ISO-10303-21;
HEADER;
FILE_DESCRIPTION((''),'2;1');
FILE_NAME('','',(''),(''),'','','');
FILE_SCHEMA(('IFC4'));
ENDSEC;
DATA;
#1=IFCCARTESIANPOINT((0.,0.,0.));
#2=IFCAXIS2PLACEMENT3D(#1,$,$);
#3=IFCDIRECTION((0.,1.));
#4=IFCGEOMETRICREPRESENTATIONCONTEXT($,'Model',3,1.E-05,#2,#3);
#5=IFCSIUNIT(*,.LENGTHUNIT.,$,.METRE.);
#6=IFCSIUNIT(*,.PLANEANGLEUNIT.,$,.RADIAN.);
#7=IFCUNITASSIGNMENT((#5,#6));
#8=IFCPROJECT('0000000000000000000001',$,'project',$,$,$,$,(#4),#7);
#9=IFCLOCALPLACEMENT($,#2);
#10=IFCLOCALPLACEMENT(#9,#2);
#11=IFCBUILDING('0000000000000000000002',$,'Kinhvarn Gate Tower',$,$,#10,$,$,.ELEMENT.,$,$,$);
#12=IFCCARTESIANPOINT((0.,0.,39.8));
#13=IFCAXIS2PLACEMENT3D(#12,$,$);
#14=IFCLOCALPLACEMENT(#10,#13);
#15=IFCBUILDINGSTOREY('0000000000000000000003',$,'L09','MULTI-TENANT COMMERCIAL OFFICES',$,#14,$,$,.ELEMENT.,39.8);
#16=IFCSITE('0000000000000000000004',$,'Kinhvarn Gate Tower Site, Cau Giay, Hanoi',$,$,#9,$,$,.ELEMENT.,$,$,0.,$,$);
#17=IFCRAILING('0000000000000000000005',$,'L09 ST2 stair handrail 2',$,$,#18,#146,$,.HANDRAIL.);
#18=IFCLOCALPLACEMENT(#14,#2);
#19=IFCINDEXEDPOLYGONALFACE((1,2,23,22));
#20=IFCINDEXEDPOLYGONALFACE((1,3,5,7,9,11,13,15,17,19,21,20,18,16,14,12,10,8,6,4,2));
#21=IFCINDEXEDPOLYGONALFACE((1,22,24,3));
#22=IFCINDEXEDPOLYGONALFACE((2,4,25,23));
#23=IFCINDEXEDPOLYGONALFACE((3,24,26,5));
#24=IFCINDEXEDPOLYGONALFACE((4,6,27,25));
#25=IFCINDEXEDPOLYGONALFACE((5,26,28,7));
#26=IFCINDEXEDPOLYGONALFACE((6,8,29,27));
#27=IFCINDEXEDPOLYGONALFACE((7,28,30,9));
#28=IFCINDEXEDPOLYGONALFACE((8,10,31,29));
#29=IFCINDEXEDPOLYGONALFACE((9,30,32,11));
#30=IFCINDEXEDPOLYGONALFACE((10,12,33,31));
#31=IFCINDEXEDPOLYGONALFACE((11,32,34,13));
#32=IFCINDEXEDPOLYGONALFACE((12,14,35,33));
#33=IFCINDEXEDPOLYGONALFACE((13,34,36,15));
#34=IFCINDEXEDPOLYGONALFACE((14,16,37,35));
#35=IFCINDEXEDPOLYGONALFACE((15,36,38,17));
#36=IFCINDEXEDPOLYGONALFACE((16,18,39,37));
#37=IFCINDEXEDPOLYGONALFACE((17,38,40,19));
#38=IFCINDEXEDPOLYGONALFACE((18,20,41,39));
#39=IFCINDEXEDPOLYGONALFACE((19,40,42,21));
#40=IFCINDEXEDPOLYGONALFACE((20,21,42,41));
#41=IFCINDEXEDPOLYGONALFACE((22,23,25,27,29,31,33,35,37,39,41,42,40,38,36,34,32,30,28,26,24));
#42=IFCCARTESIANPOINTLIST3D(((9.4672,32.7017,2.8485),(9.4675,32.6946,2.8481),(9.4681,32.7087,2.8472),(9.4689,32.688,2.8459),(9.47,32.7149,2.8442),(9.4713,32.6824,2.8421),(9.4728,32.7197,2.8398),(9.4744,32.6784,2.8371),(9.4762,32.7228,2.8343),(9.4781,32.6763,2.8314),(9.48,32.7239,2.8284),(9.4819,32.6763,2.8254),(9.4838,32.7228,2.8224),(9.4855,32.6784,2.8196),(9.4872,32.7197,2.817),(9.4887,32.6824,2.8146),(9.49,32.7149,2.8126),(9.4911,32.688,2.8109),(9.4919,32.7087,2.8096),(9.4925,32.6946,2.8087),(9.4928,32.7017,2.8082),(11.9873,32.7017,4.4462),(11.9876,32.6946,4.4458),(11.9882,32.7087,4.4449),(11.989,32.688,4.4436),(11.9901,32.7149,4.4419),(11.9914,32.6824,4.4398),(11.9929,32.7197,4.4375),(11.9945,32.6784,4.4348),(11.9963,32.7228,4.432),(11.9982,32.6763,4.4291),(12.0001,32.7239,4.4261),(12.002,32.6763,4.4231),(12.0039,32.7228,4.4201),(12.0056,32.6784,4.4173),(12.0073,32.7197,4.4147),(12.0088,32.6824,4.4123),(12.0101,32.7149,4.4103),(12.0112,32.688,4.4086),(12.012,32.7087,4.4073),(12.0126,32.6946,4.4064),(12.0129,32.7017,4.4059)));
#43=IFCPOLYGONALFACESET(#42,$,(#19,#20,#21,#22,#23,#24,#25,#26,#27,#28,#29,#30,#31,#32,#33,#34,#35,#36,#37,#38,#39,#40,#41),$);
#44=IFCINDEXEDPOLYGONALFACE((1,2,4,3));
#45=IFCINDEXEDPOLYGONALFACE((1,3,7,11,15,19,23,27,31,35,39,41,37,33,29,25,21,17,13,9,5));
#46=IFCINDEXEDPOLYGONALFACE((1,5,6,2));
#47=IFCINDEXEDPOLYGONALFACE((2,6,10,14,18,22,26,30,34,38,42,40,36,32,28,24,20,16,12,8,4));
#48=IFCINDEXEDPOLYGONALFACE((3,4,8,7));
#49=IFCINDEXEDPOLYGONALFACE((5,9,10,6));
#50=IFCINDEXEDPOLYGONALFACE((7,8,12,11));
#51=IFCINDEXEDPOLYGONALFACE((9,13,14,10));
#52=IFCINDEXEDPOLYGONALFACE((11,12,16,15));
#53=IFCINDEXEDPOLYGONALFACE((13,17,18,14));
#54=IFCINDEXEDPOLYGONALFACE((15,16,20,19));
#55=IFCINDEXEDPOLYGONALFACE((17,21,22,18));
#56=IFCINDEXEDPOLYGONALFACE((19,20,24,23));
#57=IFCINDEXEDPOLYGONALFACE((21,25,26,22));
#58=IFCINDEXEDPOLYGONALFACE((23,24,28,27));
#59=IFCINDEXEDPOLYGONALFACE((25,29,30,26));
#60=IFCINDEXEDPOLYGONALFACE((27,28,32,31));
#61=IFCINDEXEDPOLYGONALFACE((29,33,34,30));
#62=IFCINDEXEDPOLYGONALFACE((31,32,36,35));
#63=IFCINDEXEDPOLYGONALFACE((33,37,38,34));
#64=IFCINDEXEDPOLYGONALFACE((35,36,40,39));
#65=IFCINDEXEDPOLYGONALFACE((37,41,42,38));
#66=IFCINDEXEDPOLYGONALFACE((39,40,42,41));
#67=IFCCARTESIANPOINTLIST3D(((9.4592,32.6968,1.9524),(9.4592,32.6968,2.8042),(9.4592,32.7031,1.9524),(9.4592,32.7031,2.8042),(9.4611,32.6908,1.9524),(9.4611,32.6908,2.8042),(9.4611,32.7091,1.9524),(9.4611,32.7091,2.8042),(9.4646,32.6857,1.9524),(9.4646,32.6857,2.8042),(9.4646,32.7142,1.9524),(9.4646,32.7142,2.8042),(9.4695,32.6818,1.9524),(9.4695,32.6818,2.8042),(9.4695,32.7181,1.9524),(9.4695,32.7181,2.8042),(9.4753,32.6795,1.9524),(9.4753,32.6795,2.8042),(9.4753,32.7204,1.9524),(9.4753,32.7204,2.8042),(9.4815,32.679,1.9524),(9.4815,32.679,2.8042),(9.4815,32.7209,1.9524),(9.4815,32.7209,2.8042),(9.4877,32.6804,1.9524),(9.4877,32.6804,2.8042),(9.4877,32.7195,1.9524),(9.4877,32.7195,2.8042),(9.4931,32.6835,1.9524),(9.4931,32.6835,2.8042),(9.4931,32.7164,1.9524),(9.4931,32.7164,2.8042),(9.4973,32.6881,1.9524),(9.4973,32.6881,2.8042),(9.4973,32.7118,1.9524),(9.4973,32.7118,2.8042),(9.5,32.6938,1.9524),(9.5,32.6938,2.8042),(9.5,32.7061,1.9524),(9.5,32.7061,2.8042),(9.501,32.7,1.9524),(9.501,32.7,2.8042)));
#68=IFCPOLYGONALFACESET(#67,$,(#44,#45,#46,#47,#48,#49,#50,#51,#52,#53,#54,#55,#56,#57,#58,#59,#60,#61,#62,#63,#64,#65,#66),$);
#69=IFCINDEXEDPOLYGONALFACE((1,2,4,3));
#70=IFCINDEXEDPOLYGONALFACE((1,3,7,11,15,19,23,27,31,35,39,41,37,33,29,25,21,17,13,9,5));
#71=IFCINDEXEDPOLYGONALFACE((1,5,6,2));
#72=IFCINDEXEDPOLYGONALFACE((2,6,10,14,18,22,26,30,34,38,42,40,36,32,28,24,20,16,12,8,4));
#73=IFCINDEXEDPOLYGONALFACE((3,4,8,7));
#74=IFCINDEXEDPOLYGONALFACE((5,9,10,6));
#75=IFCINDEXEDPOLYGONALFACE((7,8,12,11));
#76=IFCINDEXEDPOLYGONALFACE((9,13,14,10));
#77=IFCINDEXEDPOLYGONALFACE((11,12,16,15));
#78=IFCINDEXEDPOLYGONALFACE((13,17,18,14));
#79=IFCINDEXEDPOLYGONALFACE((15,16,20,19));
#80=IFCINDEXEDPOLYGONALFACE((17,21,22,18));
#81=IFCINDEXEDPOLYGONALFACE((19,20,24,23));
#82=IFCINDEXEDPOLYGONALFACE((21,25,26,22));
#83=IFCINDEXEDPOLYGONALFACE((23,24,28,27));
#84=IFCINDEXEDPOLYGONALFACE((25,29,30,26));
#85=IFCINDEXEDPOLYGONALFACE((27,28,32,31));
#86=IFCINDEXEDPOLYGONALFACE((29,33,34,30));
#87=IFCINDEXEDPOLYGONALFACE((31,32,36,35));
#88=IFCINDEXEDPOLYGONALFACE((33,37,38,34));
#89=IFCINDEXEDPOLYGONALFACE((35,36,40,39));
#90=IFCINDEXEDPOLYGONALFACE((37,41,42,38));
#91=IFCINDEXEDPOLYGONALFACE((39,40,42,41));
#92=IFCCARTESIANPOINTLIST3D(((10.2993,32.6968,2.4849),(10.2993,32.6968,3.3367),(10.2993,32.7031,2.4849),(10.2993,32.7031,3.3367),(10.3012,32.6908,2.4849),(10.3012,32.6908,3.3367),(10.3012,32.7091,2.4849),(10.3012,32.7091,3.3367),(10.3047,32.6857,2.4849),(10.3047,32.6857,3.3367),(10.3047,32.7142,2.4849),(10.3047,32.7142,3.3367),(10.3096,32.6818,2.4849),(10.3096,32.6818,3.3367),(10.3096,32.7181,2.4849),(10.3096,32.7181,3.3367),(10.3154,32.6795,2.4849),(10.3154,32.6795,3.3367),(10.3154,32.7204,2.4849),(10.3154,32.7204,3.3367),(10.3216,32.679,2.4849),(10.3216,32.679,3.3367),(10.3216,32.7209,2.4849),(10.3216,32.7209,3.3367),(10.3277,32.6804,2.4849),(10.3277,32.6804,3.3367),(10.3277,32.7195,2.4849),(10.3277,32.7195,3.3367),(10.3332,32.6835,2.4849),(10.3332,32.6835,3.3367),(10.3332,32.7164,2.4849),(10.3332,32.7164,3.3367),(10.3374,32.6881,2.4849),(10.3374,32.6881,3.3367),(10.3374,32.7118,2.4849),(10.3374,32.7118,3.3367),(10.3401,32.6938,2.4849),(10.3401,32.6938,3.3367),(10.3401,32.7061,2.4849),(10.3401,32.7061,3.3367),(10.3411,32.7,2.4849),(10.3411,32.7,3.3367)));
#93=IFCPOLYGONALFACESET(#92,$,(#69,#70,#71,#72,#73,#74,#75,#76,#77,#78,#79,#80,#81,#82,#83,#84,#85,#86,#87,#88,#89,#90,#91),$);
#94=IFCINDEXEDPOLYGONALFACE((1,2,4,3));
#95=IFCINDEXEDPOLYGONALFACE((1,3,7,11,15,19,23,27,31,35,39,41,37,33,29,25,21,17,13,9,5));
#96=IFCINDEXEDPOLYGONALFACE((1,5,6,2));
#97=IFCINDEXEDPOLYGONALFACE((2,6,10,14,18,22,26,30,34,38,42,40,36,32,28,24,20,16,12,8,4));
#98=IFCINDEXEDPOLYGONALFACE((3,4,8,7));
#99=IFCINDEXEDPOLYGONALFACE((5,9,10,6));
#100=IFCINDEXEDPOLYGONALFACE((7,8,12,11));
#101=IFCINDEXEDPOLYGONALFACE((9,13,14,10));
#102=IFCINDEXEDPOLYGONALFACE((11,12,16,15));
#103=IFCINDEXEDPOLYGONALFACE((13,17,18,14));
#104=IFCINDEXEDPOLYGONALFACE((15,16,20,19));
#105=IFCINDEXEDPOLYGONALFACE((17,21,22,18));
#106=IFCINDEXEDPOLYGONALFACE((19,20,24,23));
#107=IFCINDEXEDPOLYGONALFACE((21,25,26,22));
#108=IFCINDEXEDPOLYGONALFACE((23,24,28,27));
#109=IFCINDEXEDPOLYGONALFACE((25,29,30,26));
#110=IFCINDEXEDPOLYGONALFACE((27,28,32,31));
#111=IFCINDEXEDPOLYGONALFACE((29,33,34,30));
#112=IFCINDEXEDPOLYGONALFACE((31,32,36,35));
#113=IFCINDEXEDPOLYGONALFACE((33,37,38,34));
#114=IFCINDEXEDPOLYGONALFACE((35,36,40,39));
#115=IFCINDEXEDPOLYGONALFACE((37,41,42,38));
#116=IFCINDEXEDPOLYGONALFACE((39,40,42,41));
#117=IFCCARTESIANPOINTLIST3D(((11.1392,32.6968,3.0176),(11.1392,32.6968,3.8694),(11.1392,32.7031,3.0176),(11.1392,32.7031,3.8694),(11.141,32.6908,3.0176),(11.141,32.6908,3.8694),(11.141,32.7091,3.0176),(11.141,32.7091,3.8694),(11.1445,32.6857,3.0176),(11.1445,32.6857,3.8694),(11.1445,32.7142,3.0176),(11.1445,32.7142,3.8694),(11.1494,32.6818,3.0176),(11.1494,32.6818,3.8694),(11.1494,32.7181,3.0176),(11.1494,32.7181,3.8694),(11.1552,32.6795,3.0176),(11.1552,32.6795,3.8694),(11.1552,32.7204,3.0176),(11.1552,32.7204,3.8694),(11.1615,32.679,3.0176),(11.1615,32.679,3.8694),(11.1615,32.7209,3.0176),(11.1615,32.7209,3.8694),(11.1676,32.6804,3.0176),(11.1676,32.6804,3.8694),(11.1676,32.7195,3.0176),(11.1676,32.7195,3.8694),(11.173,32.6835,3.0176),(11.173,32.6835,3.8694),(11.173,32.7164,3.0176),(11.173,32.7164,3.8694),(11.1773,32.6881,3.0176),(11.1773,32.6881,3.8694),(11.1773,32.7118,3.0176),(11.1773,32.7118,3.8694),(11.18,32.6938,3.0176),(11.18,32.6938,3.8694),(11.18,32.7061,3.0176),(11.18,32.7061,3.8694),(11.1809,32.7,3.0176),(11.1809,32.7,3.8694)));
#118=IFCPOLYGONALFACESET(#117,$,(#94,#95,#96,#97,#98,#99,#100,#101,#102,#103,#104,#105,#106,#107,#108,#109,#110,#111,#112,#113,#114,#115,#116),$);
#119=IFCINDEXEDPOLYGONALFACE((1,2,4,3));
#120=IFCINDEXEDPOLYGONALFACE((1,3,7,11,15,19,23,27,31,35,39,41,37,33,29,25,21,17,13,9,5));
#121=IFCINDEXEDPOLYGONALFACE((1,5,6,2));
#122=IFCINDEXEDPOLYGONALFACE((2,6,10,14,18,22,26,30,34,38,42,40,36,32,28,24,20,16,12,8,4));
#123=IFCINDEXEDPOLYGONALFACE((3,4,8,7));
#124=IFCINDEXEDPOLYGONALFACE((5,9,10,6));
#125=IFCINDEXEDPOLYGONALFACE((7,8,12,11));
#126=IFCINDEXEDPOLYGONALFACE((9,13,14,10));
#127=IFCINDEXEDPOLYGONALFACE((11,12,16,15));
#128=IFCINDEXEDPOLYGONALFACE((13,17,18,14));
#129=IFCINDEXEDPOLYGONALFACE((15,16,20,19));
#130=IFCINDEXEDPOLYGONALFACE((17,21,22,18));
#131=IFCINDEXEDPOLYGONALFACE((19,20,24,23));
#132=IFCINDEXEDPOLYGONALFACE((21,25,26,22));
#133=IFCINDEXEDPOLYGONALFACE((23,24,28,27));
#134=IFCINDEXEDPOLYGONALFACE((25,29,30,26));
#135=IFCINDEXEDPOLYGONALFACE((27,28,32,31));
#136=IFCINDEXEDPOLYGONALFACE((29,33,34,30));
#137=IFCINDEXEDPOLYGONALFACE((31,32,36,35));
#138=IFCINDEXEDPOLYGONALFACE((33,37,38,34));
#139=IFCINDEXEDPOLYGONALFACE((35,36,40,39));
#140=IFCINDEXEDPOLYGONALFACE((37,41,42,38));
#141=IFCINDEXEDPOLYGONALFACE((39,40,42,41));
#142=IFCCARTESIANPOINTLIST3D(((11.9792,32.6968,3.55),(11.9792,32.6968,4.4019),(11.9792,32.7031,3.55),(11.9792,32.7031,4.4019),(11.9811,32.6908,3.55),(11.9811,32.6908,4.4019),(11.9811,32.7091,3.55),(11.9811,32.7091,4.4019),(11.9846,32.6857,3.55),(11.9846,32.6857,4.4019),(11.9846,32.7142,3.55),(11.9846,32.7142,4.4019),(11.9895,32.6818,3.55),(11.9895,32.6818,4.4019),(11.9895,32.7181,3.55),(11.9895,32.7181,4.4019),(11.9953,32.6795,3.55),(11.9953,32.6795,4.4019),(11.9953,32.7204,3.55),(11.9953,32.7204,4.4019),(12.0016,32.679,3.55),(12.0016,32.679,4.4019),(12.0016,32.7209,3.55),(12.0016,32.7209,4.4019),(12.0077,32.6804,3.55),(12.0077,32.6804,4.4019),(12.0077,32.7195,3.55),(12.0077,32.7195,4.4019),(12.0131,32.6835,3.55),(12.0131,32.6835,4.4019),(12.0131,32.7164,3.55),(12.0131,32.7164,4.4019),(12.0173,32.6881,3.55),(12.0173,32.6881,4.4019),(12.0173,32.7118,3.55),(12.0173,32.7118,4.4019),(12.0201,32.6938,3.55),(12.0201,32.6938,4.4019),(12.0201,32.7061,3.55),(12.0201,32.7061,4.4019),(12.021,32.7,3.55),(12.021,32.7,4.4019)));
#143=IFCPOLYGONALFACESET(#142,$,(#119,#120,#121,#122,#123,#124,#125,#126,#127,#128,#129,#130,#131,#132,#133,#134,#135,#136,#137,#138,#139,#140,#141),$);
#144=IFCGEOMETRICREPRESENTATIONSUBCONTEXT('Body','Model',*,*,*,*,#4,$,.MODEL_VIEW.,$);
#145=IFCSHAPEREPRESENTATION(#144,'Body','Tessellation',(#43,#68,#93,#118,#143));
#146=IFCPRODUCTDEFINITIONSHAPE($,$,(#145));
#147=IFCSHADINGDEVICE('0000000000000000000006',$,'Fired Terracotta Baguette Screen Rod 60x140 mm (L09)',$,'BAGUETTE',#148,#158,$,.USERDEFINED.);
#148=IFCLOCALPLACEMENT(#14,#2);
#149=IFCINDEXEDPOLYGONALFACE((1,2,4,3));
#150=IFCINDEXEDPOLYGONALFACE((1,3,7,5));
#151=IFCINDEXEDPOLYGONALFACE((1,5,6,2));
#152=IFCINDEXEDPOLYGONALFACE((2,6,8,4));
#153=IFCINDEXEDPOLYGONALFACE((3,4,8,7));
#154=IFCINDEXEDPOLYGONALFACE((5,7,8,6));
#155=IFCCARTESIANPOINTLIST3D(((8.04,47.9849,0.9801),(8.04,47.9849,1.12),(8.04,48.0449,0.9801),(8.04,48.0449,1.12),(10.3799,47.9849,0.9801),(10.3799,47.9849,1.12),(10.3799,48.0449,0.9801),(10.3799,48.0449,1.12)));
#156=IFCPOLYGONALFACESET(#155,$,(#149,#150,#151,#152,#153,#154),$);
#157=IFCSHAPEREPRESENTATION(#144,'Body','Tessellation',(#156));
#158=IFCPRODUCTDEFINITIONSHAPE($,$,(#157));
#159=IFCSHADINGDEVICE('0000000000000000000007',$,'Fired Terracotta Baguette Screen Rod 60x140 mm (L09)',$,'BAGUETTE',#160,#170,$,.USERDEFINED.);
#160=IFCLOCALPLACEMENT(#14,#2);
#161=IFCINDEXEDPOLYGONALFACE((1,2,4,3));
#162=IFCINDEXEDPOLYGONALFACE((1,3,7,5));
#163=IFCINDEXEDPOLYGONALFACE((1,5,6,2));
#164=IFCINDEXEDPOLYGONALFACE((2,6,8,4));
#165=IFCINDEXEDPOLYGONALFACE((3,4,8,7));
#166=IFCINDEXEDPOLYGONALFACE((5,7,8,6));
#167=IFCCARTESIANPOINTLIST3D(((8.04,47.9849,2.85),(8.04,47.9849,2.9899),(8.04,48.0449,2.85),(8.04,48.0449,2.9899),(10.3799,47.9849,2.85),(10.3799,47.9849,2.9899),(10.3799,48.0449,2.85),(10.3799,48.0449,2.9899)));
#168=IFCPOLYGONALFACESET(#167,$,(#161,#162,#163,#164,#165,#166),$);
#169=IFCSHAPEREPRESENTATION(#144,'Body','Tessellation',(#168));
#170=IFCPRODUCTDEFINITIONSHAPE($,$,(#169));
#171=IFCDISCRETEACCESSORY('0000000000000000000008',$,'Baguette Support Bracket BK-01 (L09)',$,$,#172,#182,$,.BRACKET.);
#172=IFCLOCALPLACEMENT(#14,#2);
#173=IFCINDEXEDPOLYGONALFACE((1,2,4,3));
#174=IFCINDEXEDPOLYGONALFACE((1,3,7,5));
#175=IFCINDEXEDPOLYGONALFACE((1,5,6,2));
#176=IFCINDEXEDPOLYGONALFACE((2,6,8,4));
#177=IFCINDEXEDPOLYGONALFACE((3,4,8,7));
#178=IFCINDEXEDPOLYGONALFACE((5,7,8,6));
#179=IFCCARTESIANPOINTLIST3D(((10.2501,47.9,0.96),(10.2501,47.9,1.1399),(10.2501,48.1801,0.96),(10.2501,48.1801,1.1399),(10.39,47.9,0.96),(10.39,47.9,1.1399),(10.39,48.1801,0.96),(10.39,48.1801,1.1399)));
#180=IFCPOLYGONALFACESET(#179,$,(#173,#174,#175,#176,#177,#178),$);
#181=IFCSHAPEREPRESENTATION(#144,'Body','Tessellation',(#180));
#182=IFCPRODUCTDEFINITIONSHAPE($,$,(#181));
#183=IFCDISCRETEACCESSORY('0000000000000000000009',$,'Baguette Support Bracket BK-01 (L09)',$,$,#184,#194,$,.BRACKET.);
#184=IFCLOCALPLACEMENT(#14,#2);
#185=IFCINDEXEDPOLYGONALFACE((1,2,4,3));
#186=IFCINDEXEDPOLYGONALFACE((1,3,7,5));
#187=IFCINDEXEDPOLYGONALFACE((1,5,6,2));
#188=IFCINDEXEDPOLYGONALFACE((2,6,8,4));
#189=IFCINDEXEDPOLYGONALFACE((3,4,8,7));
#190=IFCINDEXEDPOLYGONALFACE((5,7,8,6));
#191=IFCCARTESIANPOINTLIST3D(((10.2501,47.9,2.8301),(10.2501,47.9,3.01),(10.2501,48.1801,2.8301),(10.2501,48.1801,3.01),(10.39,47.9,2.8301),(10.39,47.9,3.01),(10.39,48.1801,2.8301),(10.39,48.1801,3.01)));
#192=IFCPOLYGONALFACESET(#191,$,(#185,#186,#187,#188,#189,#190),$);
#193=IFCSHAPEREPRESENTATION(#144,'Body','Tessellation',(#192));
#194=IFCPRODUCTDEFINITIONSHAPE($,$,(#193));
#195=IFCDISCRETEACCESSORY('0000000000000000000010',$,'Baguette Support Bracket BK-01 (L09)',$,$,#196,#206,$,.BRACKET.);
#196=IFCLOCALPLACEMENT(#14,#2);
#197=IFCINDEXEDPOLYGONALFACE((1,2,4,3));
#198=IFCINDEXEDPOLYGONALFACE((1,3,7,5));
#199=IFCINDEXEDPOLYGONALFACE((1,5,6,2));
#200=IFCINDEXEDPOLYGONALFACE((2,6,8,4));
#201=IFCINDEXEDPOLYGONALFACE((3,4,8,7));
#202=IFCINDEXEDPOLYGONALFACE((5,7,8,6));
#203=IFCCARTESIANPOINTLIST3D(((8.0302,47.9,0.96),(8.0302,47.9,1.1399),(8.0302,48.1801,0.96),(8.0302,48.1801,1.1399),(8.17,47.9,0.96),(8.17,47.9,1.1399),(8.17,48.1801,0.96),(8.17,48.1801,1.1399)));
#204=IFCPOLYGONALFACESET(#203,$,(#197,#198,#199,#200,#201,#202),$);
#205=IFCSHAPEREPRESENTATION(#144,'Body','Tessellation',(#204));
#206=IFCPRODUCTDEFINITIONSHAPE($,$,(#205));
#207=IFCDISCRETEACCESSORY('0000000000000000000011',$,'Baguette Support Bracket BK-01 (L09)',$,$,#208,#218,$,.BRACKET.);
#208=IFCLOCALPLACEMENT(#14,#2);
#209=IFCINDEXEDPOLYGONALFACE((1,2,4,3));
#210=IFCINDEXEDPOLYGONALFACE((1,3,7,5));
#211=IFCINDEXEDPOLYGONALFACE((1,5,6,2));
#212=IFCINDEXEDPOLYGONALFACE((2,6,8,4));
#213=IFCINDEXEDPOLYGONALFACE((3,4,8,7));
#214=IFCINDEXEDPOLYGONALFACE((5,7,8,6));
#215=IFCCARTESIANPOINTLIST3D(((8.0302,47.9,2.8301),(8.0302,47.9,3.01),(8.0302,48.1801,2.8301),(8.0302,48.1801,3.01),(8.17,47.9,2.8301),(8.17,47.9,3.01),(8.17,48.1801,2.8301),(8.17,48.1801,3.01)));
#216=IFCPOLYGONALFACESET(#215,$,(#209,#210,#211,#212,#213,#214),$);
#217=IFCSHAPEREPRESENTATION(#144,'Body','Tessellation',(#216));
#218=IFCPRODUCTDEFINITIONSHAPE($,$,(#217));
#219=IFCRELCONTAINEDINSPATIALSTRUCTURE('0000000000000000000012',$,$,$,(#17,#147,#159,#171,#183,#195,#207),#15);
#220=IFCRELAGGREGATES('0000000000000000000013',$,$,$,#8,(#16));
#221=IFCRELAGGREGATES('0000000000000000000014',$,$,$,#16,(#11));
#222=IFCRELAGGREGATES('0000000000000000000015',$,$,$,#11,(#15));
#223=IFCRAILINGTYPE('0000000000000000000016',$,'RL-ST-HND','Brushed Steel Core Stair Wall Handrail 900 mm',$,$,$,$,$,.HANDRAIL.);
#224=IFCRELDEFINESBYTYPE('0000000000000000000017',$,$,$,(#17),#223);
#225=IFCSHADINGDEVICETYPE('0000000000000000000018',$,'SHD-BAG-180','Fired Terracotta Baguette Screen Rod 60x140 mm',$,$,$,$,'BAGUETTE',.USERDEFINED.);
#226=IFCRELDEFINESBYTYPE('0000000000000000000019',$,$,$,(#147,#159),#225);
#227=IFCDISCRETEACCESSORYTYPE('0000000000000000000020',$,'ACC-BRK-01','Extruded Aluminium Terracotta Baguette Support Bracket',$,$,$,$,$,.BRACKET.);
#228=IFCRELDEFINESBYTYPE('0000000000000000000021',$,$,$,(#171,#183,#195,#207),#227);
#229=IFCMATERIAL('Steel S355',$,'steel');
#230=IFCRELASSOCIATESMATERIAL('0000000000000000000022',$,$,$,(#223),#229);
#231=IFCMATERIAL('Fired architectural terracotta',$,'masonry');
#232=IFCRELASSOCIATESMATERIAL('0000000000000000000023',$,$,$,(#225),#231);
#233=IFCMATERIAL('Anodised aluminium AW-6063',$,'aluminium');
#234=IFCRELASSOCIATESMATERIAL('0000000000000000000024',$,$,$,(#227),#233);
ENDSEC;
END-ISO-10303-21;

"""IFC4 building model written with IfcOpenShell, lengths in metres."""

from ifc_helpers import new_model, si_unit, direction, frame, origin, origin_2d, place, context, subcontext, project, spatial, rectangle, circle, extrude, material, material_profile, profile_set, type_object, element, save


model = new_model("IFC4")

# Units and contexts
model_context = context("Model", 3, precision=1e-05, world=origin(), true_north=direction((0.0, 1.0)))
body_context = subcontext(model_context, "Body", "Model", "MODEL_VIEW")
ifc_project = project(units=[si_unit("LENGTHUNIT", "METRE"), si_unit("PLANEANGLEUNIT", "RADIAN")], contexts=[model_context])

# Site, building, storey
site_placement = place(None, origin())
site = spatial("IfcSite", under=ifc_project, at=site_placement, Name="Kinhvarn Gate Tower Site, Cau Giay, Hanoi", CompositionType="ELEMENT", RefElevation=0.0)
building_placement = place(site_placement, origin())
building = spatial("IfcBuilding", under=site, at=building_placement, Name="Kinhvarn Gate Tower", CompositionType="ELEMENT")
storey_placement = place(building_placement, frame((0.0, 0.0, 39.8)))
storey = spatial("IfcBuildingStorey", under=building, at=storey_placement, Name="L09", Description="MULTI-TENANT COMMERCIAL OFFICES", CompositionType="ELEMENT", Elevation=39.8)

# Shared definitions
ifc_material_1 = material(Name="Anodised aluminium AW-6063", Category="aluminium")

# Shared definitions
ifc_material_2 = material(Name="Steel S355", Category="steel")

# Shared definitions
ifc_material_3 = material(Name="Fired architectural terracotta", Category="masonry")

# Railing
railing_type_1 = type_object("IfcRailingType", Name="RL-ST-HND", Description="Brushed Steel Core Stair Wall Handrail 900 mm", PredefinedType="HANDRAIL", material=ifc_material_2)
railing_1_placement = place(storey_placement, frame((9.48, 32.7, 1.9524)))
element("IfcRailing", 1, at=railing_1_placement, inside=storey, type_object=railing_type_1, Name="L09 ST2 stair handrail 2", PredefinedType="HANDRAIL", context=body_context, shape_type="SweptSolid", body=[
    extrude(circle(Radius=0.0239, at=origin_2d()), frame((0.0, 0.0, 0.876), z_axis=(0.84457, 0.0, 0.535445), x_axis=(0.0, 1.0, 0.0)), (0.0, 0.0, 1.0), 2.9839),
    extrude(circle(Radius=0.021, at=origin_2d()), origin(), (0.0, 0.0, 1.0), 0.8518),
    extrude(circle(Radius=0.021, at=origin_2d()), frame((0.8401, 0.0, 0.5325)), (0.0, 0.0, 1.0), 0.8518),
    extrude(circle(Radius=0.021, at=origin_2d()), frame((1.6799, 0.0, 1.0652)), (0.0, 0.0, 1.0), 0.8518),
    extrude(circle(Radius=0.021, at=origin_2d()), frame((2.52, 0.0, 1.5977)), (0.0, 0.0, 1.0), 0.8518),
])

# Shading devices
ifc_material_profile_1 = material_profile(ifc_material_3, rectangle(XDim=0.0601, YDim=0.1399, at=origin_2d()), Name="TC 60x140")
ifc_profile_set_1 = profile_set([ifc_material_profile_1], Name="Fired architectural terracotta")
shading_device_type = type_object("IfcShadingDeviceType", Name="SHD-BAG-180", Description="Fired Terracotta Baguette Screen Rod 60x140 mm", ElementType="BAGUETTE", PredefinedType="USERDEFINED", material=ifc_profile_set_1)
for number, where, z_axis, x_axis, name in (
    (2, (10.3799, 48.0149, 1.05), (-1.0, 0.0, 0.0), (0.0, -1.0, 0.0), "Fired Terracotta Baguette Screen Rod 60x140 mm (L09)"),
    (3, (10.3799, 48.0149, 2.9199), (-1.0, 0.0, 0.0), (0.0, -1.0, 0.0), "Fired Terracotta Baguette Screen Rod 60x140 mm (L09)"),
):
    element("IfcShadingDevice", number, at=place(storey_placement, frame(where, z_axis=z_axis, x_axis=x_axis)), inside=storey, type_object=shading_device_type, Name=name, ObjectType="BAGUETTE", PredefinedType="USERDEFINED", context=body_context, shape_type="SweptSolid", body=[
        extrude(rectangle(XDim=0.0601, YDim=0.1399, at=origin_2d()), origin(), (0.0, 0.0, 1.0), 2.3398),
    ])

# Discrete accessories
discrete_accessory_type = type_object("IfcDiscreteAccessoryType", Name="ACC-BRK-01", Description="Extruded Aluminium Terracotta Baguette Support Bracket", PredefinedType="BRACKET", material=ifc_material_1)
for number, where, z_axis, x_axis, name in (
    (4, (10.3201, 48.04, 0.96), (0.0, 0.0, 1.0), (-1.0, 0.0, 0.0), "Baguette Support Bracket BK-01 (L09)"),
    (5, (10.3201, 48.04, 2.8301), (0.0, 0.0, 1.0), (-1.0, 0.0, 0.0), "Baguette Support Bracket BK-01 (L09)"),
    (6, (8.1001, 48.04, 0.96), (0.0, 0.0, 1.0), (-1.0, 0.0, 0.0), "Baguette Support Bracket BK-01 (L09)"),
    (7, (8.1001, 48.04, 2.8301), (0.0, 0.0, 1.0), (-1.0, 0.0, 0.0), "Baguette Support Bracket BK-01 (L09)"),
):
    element("IfcDiscreteAccessory", number, at=place(storey_placement, frame(where, z_axis=z_axis, x_axis=x_axis)), inside=storey, type_object=discrete_accessory_type, Name=name, PredefinedType="BRACKET", context=body_context, shape_type="SweptSolid", body=[
        extrude(rectangle(XDim=0.1399, YDim=0.28, at=origin_2d()), origin(), (0.0, 0.0, 1.0), 0.1799),
    ])

save(model, "model.ifc")
